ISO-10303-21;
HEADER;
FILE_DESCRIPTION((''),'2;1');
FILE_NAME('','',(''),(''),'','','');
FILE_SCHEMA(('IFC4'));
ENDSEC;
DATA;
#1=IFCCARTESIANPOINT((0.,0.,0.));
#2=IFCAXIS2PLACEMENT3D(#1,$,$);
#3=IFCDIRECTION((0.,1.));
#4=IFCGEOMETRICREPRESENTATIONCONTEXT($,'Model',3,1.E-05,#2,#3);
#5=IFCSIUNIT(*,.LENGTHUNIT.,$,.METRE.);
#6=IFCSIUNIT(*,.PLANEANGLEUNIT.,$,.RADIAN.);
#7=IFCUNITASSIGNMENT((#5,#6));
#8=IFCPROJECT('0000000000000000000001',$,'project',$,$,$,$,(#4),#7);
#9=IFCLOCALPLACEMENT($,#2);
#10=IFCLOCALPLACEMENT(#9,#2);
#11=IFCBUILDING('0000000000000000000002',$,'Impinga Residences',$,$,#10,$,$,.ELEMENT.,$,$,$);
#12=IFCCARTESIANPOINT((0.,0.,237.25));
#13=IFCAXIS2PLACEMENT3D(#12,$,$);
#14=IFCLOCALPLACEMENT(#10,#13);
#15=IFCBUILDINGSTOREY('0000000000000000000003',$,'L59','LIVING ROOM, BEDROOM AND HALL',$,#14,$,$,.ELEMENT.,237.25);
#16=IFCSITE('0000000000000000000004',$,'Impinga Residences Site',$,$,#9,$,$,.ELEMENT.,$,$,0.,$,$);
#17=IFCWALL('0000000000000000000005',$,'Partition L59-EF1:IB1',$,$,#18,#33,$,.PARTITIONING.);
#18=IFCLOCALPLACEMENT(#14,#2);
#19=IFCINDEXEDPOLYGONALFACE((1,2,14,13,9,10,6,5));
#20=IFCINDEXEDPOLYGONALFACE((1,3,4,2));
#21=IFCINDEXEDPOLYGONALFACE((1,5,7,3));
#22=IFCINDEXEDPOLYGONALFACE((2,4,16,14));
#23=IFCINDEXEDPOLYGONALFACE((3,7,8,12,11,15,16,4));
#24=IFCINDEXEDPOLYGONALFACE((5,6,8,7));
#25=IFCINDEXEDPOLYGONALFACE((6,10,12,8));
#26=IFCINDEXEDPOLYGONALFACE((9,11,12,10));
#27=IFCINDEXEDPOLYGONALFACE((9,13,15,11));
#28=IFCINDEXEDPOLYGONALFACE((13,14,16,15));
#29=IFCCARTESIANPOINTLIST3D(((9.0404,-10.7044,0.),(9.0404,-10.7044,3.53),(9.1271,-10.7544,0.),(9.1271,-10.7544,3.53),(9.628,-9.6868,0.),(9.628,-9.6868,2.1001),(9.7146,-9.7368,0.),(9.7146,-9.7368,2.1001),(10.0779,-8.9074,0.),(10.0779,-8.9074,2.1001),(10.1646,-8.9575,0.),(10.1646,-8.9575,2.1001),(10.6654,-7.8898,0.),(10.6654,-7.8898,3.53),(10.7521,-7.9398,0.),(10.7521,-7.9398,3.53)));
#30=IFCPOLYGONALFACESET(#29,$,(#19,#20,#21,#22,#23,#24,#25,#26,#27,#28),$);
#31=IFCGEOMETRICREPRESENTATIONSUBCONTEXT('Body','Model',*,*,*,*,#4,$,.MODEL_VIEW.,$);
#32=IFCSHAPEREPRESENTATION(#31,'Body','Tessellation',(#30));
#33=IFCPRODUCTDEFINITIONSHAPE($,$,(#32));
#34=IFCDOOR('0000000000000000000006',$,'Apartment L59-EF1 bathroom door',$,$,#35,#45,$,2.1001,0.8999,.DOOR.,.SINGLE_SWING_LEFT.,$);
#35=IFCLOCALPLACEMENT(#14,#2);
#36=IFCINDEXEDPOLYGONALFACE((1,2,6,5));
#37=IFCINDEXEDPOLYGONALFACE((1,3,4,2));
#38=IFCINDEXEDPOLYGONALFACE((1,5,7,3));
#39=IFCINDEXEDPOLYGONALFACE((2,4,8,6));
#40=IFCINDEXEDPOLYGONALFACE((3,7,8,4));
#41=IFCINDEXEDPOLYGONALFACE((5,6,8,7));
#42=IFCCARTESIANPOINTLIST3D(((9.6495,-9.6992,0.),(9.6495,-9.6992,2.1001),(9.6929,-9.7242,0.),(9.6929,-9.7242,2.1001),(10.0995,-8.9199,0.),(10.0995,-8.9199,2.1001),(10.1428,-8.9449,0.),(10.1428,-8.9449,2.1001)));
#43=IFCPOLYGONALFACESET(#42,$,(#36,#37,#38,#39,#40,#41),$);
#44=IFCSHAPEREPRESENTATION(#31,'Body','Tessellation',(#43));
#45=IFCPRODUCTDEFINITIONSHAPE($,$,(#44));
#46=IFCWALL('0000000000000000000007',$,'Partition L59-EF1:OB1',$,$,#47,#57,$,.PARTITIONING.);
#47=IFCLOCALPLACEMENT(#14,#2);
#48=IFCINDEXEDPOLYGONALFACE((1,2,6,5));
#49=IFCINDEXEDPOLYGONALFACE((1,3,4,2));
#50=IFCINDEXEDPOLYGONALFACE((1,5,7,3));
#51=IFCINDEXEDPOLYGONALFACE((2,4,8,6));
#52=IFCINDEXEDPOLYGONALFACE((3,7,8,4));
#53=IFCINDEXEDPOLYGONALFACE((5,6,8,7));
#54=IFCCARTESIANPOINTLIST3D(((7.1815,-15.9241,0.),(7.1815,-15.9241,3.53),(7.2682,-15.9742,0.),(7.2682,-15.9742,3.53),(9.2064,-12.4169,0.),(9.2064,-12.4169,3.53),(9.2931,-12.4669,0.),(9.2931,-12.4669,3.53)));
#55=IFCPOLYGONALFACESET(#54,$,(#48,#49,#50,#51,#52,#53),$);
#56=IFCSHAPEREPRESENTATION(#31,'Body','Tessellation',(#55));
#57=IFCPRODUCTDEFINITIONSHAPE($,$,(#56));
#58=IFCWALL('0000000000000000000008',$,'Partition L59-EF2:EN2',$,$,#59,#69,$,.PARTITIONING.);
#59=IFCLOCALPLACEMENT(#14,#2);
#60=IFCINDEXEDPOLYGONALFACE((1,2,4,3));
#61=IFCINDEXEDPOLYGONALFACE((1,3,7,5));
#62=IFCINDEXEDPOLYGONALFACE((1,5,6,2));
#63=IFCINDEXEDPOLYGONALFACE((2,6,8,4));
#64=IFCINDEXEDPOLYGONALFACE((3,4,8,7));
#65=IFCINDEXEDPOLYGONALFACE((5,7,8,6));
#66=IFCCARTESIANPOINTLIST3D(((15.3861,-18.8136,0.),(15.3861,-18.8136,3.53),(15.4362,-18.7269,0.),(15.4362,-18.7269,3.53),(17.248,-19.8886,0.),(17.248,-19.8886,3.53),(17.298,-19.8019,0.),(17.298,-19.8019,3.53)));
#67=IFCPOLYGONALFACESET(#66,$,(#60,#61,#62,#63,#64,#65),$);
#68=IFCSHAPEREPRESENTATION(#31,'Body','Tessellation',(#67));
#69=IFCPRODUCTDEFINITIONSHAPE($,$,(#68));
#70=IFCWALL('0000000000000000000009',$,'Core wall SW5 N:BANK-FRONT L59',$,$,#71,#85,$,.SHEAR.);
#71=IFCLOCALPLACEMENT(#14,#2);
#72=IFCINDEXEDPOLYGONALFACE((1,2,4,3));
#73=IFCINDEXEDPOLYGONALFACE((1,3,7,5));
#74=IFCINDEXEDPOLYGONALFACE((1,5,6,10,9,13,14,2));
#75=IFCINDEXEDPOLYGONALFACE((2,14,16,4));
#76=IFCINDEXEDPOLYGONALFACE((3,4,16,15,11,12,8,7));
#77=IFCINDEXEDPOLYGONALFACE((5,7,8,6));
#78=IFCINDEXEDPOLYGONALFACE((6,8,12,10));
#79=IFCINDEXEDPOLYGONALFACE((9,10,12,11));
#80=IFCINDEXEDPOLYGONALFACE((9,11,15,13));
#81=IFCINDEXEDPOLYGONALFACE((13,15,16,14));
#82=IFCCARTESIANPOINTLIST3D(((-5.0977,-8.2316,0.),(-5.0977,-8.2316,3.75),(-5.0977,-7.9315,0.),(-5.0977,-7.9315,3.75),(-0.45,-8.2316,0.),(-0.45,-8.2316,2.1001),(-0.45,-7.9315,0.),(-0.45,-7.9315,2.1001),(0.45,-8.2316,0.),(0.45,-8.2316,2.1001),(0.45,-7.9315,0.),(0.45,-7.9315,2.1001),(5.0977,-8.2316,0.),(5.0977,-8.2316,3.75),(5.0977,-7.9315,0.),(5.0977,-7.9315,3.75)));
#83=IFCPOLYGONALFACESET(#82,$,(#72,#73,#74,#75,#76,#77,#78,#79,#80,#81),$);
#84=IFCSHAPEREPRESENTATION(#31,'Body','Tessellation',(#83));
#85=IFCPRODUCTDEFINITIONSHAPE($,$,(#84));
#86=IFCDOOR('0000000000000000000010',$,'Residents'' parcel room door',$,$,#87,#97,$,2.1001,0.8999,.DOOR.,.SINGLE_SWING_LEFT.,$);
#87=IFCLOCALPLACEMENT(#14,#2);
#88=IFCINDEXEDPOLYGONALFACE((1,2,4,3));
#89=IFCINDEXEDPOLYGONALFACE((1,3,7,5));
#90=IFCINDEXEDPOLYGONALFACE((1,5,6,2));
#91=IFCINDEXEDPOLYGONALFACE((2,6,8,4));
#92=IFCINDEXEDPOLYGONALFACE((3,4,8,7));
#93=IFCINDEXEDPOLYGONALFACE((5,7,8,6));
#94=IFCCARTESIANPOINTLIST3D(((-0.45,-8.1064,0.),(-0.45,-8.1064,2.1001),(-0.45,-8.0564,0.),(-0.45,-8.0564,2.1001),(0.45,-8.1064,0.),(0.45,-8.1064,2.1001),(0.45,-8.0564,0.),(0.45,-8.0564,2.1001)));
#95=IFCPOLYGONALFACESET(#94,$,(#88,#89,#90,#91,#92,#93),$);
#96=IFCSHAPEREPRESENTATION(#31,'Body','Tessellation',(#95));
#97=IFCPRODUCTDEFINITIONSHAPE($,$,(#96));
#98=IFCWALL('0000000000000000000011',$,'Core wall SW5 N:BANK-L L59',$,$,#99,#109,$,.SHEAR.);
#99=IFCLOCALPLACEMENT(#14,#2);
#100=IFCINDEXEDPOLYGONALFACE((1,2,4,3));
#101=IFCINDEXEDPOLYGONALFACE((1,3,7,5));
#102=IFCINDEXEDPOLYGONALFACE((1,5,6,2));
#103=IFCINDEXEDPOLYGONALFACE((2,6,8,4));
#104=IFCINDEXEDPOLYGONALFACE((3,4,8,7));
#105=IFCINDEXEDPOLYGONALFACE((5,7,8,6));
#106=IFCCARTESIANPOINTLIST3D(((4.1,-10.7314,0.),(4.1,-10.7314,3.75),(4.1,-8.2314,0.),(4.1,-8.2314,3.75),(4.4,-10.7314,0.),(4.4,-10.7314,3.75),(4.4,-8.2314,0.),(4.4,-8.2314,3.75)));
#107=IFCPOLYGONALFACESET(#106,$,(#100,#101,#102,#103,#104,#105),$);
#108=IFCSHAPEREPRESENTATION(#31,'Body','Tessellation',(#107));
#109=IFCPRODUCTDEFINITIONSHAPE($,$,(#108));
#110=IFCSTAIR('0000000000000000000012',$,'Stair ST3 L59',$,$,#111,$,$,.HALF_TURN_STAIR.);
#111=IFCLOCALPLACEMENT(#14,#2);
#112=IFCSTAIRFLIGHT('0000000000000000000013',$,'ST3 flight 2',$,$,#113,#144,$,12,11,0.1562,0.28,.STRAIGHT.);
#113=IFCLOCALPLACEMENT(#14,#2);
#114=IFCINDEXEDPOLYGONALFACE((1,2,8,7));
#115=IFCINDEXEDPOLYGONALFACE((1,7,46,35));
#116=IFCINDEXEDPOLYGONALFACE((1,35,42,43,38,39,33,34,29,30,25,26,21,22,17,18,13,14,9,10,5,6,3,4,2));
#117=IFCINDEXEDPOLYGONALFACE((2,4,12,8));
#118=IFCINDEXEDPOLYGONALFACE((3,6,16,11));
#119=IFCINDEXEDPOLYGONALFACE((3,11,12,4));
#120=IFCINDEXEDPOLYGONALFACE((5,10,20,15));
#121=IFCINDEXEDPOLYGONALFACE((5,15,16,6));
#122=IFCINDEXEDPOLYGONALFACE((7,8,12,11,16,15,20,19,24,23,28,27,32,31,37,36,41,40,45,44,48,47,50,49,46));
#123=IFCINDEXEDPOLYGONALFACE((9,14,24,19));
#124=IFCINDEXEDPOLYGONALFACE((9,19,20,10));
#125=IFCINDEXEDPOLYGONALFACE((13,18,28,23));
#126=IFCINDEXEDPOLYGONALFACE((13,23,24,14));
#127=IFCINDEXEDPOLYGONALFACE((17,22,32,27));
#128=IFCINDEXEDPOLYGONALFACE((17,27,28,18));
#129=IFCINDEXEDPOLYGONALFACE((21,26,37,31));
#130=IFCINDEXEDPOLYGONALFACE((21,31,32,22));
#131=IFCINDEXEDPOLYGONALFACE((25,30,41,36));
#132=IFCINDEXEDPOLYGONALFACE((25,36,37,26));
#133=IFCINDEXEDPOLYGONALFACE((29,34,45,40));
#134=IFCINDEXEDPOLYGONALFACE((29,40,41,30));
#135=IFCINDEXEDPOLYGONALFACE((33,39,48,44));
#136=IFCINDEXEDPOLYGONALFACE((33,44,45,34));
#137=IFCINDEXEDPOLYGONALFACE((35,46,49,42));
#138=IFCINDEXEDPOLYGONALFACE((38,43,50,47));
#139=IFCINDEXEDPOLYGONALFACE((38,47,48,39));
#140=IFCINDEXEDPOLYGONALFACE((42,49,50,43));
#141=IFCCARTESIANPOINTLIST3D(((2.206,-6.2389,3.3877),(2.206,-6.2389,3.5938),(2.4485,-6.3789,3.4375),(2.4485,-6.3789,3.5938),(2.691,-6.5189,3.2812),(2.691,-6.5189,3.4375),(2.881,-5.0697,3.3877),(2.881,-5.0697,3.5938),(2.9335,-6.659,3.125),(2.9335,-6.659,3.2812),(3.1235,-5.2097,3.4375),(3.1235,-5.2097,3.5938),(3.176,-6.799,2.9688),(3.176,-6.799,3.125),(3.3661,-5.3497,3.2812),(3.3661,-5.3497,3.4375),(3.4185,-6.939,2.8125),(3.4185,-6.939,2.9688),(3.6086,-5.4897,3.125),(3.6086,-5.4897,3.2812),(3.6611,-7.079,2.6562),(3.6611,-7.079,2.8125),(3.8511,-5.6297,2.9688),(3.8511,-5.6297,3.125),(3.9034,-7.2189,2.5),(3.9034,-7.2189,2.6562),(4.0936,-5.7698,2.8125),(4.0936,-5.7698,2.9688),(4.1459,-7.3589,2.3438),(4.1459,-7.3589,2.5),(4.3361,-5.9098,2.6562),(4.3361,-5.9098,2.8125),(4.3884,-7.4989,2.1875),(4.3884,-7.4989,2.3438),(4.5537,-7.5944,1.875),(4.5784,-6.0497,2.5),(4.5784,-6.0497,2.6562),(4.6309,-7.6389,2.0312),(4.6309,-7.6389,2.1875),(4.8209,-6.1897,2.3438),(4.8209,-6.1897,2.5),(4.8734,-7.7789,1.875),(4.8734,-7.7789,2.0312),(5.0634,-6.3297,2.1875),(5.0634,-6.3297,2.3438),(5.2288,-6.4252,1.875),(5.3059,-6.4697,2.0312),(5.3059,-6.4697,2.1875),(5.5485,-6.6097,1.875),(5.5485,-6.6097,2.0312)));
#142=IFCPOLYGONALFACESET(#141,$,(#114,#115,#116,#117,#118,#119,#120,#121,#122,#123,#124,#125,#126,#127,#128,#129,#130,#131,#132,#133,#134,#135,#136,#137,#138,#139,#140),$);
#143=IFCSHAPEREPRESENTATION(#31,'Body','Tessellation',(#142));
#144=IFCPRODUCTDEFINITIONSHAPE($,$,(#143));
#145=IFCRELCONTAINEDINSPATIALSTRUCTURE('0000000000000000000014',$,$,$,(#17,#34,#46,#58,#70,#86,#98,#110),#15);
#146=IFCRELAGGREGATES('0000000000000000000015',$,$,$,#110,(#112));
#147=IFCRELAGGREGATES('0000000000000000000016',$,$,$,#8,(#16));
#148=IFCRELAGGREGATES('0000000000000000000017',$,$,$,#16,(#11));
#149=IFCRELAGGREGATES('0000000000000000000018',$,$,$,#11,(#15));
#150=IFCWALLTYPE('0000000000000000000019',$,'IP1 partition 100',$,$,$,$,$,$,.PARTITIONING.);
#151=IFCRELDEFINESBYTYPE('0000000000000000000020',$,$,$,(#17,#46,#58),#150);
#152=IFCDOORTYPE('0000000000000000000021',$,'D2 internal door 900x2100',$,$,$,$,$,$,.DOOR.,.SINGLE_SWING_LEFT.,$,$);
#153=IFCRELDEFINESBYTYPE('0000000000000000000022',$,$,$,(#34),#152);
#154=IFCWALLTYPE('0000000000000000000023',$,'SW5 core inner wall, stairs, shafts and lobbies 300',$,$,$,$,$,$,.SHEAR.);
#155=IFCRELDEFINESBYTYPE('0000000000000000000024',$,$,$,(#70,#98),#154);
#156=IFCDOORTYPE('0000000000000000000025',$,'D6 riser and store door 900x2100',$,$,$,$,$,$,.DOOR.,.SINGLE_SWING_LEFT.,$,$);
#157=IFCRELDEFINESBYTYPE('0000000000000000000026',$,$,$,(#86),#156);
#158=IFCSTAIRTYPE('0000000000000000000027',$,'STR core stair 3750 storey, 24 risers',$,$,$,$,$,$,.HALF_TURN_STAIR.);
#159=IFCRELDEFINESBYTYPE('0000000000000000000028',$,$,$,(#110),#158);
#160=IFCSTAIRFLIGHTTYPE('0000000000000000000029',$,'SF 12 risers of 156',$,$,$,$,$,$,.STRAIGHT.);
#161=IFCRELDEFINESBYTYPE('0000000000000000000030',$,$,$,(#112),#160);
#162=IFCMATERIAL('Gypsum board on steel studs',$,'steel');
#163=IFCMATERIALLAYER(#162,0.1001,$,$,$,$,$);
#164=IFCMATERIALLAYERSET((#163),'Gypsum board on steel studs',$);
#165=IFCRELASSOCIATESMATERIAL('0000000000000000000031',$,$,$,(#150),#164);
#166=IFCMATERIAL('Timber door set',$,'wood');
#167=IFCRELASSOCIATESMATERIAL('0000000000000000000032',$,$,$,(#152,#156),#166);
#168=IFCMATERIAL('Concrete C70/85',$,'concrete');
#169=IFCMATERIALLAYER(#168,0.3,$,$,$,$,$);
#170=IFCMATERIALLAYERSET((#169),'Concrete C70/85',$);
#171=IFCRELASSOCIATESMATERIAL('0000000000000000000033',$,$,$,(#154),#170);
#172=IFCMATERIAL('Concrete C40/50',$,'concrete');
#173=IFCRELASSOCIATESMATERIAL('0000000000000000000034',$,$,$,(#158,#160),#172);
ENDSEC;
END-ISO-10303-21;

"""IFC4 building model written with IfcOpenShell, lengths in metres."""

from ifc_helpers import new_model, si_unit, direction, frame, frame_2d, origin, place, context, subcontext, project, spatial, polyline, rectangle, outline, extrude, material, layer, layer_set, type_object, element, fill, aggregate, save


model = new_model("IFC4")

# Units and contexts
model_context = context("Model", 3, precision=1e-05, world=origin(), true_north=direction((0.0, 1.0)))
body_context = subcontext(model_context, "Body", "Model", "MODEL_VIEW")
ifc_project = project(units=[si_unit("LENGTHUNIT", "METRE"), si_unit("PLANEANGLEUNIT", "RADIAN")], contexts=[model_context])

# Site, building, storey
site_placement = place(None, origin())
site = spatial("IfcSite", under=ifc_project, at=site_placement, Name="Impinga Residences Site", CompositionType="ELEMENT", RefElevation=0.0)
building_placement = place(site_placement, origin())
building = spatial("IfcBuilding", under=site, at=building_placement, Name="Impinga Residences", CompositionType="ELEMENT")
storey_placement = place(building_placement, frame((0.0, 0.0, 237.25)))
storey = spatial("IfcBuildingStorey", under=building, at=storey_placement, Name="L59", Description="LIVING ROOM, BEDROOM AND HALL", CompositionType="ELEMENT", Elevation=237.25)

# Shared definitions
ifc_material_1 = material(Name="Gypsum board on steel studs", Category="steel")
ifc_layer_1 = layer(ifc_material_1, 0.1001)
ifc_layer_set_1 = layer_set([ifc_layer_1], Name="Gypsum board on steel studs")
wall_type_1 = type_object("IfcWallType", Name="IP1 partition 100", PredefinedType="PARTITIONING", material=ifc_layer_set_1)

# Shared definitions
ifc_material_2 = material(Name="Timber door set", Category="wood")
door_type_1 = type_object("IfcDoorType", Name="D2 internal door 900x2100", OperationType="SINGLE_SWING_LEFT", PredefinedType="DOOR", material=ifc_material_2)

# Wall, opening, door
wall_1_placement = place(storey_placement, frame((10.7087, -7.9148, 0.0), z_axis=(0.0, 0.0, 1.0), x_axis=(-0.499985, -0.866034, 0.0)))
wall_1 = element("IfcWall", 1, at=wall_1_placement, inside=storey, type_object=wall_type_1, Name="Partition L59-EF1:IB1", PredefinedType="PARTITIONING", context=body_context, shape_type="SweptSolid", body=[
    extrude(rectangle(XDim=3.25, YDim=0.1001, at=frame_2d((1.625, 0.0))), origin(), (0.0, 0.0, 1.0), 3.53),
])
opening_1_placement = place(wall_1_placement, frame((1.175, 0.0, 0.0)))
opening_1 = element("IfcOpeningElement", 2, at=opening_1_placement, cuts=wall_1, PredefinedType="OPENING", context=body_context, shape_type="SweptSolid", body=[
    extrude(rectangle(XDim=0.8999, YDim=2.1001, at=frame_2d((0.45, 1.05))), frame((0.0, 0.0601, 0.0), z_axis=(0.0, -1.0, 0.0), x_axis=(1.0, 0.0, 0.0)), (0.0, 0.0, 1.0), 0.1201),
])
door_1_placement = place(opening_1_placement, origin())
door_1 = element("IfcDoor", 3, at=door_1_placement, inside=storey, type_object=door_type_1, Name="Apartment L59-EF1 bathroom door", OperationType="SINGLE_SWING_LEFT", OverallHeight=2.1001, OverallWidth=0.8999, PredefinedType="DOOR", context=body_context, shape_type="SweptSolid", body=[
    extrude(rectangle(XDim=0.8999, YDim=2.1001, at=frame_2d((0.45, 1.05))), frame((0.0, 0.0249, 0.0), z_axis=(0.0, -1.0, 0.0), x_axis=(1.0, 0.0, 0.0)), (0.0, 0.0, 1.0), 0.05),
])
fill(opening_1, door_1)

# Walls
wall_2_placement = place(storey_placement, frame((9.2498, -12.4419, 0.0), z_axis=(0.0, 0.0, 1.0), x_axis=(-0.49999, -0.866031, 0.0)))
element("IfcWall", 4, at=wall_2_placement, inside=storey, type_object=wall_type_1, Name="Partition L59-EF1:OB1", PredefinedType="PARTITIONING", context=body_context, shape_type="SweptSolid", body=[
    extrude(rectangle(XDim=4.0498, YDim=0.1001, at=frame_2d((2.0249, 0.0))), origin(), (0.0, 0.0, 1.0), 3.53),
])
wall_3_placement = place(storey_placement, frame((15.4111, -18.7703, 0.0), z_axis=(0.0, 0.0, 1.0), x_axis=(0.866019, -0.500011, 0.0)))
element("IfcWall", 5, at=wall_3_placement, inside=storey, type_object=wall_type_1, Name="Partition L59-EF2:EN2", PredefinedType="PARTITIONING", context=body_context, shape_type="SweptSolid", body=[
    extrude(rectangle(XDim=2.1499, YDim=0.1001, at=frame_2d((1.075, 0.0))), origin(), (0.0, 0.0, 1.0), 3.53),
])

# Wall, opening, door
ifc_material_3 = material(Name="Concrete C70/85", Category="concrete")
ifc_layer_2 = layer(ifc_material_3, 0.3)
ifc_layer_set_2 = layer_set([ifc_layer_2], Name="Concrete C70/85")
wall_type_2 = type_object("IfcWallType", Name="SW5 core inner wall, stairs, shafts and lobbies 300", PredefinedType="SHEAR", material=ifc_layer_set_2)
wall_4_placement = place(storey_placement, frame((5.0977, -8.0815, 0.0), z_axis=(0.0, 0.0, 1.0), x_axis=(-1.0, 0.0, 0.0)))
wall_4 = element("IfcWall", 6, at=wall_4_placement, inside=storey, type_object=wall_type_2, Name="Core wall SW5 N:BANK-FRONT L59", PredefinedType="SHEAR", context=body_context, shape_type="SweptSolid", body=[
    extrude(rectangle(XDim=10.1953, YDim=0.3, at=frame_2d((5.0977, 0.0))), origin(), (0.0, 0.0, 1.0), 3.75),
])
opening_2_placement = place(wall_4_placement, frame((4.6477, 0.0, 0.0)))
opening_2 = element("IfcOpeningElement", 7, at=opening_2_placement, cuts=wall_4, PredefinedType="OPENING", context=body_context, shape_type="SweptSolid", body=[
    extrude(rectangle(XDim=0.8999, YDim=2.1001, at=frame_2d((0.45, 1.05))), frame((0.0, 0.1599, 0.0), z_axis=(0.0, -1.0, 0.0), x_axis=(1.0, 0.0, 0.0)), (0.0, 0.0, 1.0), 0.3201),
])
door_type_2 = type_object("IfcDoorType", Name="D6 riser and store door 900x2100", OperationType="SINGLE_SWING_LEFT", PredefinedType="DOOR", material=ifc_material_2)
door_2_placement = place(opening_2_placement, origin())
door_2 = element("IfcDoor", 8, at=door_2_placement, inside=storey, type_object=door_type_2, Name="Residents' parcel room door", OperationType="SINGLE_SWING_LEFT", OverallHeight=2.1001, OverallWidth=0.8999, PredefinedType="DOOR", context=body_context, shape_type="SweptSolid", body=[
    extrude(rectangle(XDim=0.8999, YDim=2.1001, at=frame_2d((0.45, 1.05))), frame((0.0, 0.0249, 0.0), z_axis=(0.0, -1.0, 0.0), x_axis=(1.0, 0.0, 0.0)), (0.0, 0.0, 1.0), 0.05),
])
fill(opening_2, door_2)

# Wall
wall_5_placement = place(storey_placement, frame((4.25, -8.2314, 0.0), z_axis=(0.0, 0.0, 1.0), x_axis=(0.0, -1.0, 0.0)))
element("IfcWall", 9, at=wall_5_placement, inside=storey, type_object=wall_type_2, Name="Core wall SW5 N:BANK-L L59", PredefinedType="SHEAR", context=body_context, shape_type="SweptSolid", body=[
    extrude(rectangle(XDim=2.5, YDim=0.3, at=frame_2d((1.25, 0.0))), origin(), (0.0, 0.0, 1.0), 3.75),
])

# Stair, stair flight
ifc_material_4 = material(Name="Concrete C40/50", Category="concrete")
stair_type = type_object("IfcStairType", Name="STR core stair 3750 storey, 24 risers", PredefinedType="HALF_TURN_STAIR", material=ifc_material_4)
stair_placement = place(storey_placement, origin())
stair = element("IfcStair", 10, at=stair_placement, inside=storey, type_object=stair_type, Name="Stair ST3 L59", PredefinedType="HALF_TURN_STAIR")
stair_flight_type = type_object("IfcStairFlightType", Name="SF 12 risers of 156", PredefinedType="STRAIGHT", material=ifc_material_4)
stair_flight_placement = place(storey_placement, frame((5.2109, -7.1943, 1.875), z_axis=(0.0, 0.0, 1.0), x_axis=(-0.866025, 0.5, 0.0)))
stair_flight = element("IfcStairFlight", 11, at=stair_flight_placement, type_object=stair_flight_type, Name="ST3 flight 2", NumberOfRisers=12, NumberOfTreads=11, PredefinedType="STRAIGHT", RiserHeight=0.1562, TreadLength=0.28, context=body_context, shape_type="SweptSolid", body=[
    extrude(outline(polyline([(0.0, 0.0), (0.0, 0.1562), (0.28, 0.1562), (0.28, 0.3125), (0.5601, 0.3125), (0.5601, 0.4688), (0.8401, 0.4688), (0.8401, 0.625), (1.1201, 0.625), (1.1201, 0.7812), (1.3999, 0.7812), (1.3999, 0.9375), (1.6799, 0.9375), (1.6799, 1.0938), (1.96, 1.0938), (1.96, 1.25), (2.24, 1.25), (2.24, 1.4062), (2.52, 1.4062), (2.52, 1.5625), (2.8, 1.5625), (2.8, 1.7188), (3.0801, 1.7188), (3.0801, 1.875), (3.0801, 1.5127), (0.3691, 0.0), (0.0, 0.0)])), frame((0.0, 0.675, 0.0), z_axis=(0.0, -1.0, 0.0), x_axis=(1.0, 0.0, 0.0)), (0.0, 0.0, 1.0), 1.3501),
])
aggregate(stair, [stair_flight])

save(model, "model.ifc")
